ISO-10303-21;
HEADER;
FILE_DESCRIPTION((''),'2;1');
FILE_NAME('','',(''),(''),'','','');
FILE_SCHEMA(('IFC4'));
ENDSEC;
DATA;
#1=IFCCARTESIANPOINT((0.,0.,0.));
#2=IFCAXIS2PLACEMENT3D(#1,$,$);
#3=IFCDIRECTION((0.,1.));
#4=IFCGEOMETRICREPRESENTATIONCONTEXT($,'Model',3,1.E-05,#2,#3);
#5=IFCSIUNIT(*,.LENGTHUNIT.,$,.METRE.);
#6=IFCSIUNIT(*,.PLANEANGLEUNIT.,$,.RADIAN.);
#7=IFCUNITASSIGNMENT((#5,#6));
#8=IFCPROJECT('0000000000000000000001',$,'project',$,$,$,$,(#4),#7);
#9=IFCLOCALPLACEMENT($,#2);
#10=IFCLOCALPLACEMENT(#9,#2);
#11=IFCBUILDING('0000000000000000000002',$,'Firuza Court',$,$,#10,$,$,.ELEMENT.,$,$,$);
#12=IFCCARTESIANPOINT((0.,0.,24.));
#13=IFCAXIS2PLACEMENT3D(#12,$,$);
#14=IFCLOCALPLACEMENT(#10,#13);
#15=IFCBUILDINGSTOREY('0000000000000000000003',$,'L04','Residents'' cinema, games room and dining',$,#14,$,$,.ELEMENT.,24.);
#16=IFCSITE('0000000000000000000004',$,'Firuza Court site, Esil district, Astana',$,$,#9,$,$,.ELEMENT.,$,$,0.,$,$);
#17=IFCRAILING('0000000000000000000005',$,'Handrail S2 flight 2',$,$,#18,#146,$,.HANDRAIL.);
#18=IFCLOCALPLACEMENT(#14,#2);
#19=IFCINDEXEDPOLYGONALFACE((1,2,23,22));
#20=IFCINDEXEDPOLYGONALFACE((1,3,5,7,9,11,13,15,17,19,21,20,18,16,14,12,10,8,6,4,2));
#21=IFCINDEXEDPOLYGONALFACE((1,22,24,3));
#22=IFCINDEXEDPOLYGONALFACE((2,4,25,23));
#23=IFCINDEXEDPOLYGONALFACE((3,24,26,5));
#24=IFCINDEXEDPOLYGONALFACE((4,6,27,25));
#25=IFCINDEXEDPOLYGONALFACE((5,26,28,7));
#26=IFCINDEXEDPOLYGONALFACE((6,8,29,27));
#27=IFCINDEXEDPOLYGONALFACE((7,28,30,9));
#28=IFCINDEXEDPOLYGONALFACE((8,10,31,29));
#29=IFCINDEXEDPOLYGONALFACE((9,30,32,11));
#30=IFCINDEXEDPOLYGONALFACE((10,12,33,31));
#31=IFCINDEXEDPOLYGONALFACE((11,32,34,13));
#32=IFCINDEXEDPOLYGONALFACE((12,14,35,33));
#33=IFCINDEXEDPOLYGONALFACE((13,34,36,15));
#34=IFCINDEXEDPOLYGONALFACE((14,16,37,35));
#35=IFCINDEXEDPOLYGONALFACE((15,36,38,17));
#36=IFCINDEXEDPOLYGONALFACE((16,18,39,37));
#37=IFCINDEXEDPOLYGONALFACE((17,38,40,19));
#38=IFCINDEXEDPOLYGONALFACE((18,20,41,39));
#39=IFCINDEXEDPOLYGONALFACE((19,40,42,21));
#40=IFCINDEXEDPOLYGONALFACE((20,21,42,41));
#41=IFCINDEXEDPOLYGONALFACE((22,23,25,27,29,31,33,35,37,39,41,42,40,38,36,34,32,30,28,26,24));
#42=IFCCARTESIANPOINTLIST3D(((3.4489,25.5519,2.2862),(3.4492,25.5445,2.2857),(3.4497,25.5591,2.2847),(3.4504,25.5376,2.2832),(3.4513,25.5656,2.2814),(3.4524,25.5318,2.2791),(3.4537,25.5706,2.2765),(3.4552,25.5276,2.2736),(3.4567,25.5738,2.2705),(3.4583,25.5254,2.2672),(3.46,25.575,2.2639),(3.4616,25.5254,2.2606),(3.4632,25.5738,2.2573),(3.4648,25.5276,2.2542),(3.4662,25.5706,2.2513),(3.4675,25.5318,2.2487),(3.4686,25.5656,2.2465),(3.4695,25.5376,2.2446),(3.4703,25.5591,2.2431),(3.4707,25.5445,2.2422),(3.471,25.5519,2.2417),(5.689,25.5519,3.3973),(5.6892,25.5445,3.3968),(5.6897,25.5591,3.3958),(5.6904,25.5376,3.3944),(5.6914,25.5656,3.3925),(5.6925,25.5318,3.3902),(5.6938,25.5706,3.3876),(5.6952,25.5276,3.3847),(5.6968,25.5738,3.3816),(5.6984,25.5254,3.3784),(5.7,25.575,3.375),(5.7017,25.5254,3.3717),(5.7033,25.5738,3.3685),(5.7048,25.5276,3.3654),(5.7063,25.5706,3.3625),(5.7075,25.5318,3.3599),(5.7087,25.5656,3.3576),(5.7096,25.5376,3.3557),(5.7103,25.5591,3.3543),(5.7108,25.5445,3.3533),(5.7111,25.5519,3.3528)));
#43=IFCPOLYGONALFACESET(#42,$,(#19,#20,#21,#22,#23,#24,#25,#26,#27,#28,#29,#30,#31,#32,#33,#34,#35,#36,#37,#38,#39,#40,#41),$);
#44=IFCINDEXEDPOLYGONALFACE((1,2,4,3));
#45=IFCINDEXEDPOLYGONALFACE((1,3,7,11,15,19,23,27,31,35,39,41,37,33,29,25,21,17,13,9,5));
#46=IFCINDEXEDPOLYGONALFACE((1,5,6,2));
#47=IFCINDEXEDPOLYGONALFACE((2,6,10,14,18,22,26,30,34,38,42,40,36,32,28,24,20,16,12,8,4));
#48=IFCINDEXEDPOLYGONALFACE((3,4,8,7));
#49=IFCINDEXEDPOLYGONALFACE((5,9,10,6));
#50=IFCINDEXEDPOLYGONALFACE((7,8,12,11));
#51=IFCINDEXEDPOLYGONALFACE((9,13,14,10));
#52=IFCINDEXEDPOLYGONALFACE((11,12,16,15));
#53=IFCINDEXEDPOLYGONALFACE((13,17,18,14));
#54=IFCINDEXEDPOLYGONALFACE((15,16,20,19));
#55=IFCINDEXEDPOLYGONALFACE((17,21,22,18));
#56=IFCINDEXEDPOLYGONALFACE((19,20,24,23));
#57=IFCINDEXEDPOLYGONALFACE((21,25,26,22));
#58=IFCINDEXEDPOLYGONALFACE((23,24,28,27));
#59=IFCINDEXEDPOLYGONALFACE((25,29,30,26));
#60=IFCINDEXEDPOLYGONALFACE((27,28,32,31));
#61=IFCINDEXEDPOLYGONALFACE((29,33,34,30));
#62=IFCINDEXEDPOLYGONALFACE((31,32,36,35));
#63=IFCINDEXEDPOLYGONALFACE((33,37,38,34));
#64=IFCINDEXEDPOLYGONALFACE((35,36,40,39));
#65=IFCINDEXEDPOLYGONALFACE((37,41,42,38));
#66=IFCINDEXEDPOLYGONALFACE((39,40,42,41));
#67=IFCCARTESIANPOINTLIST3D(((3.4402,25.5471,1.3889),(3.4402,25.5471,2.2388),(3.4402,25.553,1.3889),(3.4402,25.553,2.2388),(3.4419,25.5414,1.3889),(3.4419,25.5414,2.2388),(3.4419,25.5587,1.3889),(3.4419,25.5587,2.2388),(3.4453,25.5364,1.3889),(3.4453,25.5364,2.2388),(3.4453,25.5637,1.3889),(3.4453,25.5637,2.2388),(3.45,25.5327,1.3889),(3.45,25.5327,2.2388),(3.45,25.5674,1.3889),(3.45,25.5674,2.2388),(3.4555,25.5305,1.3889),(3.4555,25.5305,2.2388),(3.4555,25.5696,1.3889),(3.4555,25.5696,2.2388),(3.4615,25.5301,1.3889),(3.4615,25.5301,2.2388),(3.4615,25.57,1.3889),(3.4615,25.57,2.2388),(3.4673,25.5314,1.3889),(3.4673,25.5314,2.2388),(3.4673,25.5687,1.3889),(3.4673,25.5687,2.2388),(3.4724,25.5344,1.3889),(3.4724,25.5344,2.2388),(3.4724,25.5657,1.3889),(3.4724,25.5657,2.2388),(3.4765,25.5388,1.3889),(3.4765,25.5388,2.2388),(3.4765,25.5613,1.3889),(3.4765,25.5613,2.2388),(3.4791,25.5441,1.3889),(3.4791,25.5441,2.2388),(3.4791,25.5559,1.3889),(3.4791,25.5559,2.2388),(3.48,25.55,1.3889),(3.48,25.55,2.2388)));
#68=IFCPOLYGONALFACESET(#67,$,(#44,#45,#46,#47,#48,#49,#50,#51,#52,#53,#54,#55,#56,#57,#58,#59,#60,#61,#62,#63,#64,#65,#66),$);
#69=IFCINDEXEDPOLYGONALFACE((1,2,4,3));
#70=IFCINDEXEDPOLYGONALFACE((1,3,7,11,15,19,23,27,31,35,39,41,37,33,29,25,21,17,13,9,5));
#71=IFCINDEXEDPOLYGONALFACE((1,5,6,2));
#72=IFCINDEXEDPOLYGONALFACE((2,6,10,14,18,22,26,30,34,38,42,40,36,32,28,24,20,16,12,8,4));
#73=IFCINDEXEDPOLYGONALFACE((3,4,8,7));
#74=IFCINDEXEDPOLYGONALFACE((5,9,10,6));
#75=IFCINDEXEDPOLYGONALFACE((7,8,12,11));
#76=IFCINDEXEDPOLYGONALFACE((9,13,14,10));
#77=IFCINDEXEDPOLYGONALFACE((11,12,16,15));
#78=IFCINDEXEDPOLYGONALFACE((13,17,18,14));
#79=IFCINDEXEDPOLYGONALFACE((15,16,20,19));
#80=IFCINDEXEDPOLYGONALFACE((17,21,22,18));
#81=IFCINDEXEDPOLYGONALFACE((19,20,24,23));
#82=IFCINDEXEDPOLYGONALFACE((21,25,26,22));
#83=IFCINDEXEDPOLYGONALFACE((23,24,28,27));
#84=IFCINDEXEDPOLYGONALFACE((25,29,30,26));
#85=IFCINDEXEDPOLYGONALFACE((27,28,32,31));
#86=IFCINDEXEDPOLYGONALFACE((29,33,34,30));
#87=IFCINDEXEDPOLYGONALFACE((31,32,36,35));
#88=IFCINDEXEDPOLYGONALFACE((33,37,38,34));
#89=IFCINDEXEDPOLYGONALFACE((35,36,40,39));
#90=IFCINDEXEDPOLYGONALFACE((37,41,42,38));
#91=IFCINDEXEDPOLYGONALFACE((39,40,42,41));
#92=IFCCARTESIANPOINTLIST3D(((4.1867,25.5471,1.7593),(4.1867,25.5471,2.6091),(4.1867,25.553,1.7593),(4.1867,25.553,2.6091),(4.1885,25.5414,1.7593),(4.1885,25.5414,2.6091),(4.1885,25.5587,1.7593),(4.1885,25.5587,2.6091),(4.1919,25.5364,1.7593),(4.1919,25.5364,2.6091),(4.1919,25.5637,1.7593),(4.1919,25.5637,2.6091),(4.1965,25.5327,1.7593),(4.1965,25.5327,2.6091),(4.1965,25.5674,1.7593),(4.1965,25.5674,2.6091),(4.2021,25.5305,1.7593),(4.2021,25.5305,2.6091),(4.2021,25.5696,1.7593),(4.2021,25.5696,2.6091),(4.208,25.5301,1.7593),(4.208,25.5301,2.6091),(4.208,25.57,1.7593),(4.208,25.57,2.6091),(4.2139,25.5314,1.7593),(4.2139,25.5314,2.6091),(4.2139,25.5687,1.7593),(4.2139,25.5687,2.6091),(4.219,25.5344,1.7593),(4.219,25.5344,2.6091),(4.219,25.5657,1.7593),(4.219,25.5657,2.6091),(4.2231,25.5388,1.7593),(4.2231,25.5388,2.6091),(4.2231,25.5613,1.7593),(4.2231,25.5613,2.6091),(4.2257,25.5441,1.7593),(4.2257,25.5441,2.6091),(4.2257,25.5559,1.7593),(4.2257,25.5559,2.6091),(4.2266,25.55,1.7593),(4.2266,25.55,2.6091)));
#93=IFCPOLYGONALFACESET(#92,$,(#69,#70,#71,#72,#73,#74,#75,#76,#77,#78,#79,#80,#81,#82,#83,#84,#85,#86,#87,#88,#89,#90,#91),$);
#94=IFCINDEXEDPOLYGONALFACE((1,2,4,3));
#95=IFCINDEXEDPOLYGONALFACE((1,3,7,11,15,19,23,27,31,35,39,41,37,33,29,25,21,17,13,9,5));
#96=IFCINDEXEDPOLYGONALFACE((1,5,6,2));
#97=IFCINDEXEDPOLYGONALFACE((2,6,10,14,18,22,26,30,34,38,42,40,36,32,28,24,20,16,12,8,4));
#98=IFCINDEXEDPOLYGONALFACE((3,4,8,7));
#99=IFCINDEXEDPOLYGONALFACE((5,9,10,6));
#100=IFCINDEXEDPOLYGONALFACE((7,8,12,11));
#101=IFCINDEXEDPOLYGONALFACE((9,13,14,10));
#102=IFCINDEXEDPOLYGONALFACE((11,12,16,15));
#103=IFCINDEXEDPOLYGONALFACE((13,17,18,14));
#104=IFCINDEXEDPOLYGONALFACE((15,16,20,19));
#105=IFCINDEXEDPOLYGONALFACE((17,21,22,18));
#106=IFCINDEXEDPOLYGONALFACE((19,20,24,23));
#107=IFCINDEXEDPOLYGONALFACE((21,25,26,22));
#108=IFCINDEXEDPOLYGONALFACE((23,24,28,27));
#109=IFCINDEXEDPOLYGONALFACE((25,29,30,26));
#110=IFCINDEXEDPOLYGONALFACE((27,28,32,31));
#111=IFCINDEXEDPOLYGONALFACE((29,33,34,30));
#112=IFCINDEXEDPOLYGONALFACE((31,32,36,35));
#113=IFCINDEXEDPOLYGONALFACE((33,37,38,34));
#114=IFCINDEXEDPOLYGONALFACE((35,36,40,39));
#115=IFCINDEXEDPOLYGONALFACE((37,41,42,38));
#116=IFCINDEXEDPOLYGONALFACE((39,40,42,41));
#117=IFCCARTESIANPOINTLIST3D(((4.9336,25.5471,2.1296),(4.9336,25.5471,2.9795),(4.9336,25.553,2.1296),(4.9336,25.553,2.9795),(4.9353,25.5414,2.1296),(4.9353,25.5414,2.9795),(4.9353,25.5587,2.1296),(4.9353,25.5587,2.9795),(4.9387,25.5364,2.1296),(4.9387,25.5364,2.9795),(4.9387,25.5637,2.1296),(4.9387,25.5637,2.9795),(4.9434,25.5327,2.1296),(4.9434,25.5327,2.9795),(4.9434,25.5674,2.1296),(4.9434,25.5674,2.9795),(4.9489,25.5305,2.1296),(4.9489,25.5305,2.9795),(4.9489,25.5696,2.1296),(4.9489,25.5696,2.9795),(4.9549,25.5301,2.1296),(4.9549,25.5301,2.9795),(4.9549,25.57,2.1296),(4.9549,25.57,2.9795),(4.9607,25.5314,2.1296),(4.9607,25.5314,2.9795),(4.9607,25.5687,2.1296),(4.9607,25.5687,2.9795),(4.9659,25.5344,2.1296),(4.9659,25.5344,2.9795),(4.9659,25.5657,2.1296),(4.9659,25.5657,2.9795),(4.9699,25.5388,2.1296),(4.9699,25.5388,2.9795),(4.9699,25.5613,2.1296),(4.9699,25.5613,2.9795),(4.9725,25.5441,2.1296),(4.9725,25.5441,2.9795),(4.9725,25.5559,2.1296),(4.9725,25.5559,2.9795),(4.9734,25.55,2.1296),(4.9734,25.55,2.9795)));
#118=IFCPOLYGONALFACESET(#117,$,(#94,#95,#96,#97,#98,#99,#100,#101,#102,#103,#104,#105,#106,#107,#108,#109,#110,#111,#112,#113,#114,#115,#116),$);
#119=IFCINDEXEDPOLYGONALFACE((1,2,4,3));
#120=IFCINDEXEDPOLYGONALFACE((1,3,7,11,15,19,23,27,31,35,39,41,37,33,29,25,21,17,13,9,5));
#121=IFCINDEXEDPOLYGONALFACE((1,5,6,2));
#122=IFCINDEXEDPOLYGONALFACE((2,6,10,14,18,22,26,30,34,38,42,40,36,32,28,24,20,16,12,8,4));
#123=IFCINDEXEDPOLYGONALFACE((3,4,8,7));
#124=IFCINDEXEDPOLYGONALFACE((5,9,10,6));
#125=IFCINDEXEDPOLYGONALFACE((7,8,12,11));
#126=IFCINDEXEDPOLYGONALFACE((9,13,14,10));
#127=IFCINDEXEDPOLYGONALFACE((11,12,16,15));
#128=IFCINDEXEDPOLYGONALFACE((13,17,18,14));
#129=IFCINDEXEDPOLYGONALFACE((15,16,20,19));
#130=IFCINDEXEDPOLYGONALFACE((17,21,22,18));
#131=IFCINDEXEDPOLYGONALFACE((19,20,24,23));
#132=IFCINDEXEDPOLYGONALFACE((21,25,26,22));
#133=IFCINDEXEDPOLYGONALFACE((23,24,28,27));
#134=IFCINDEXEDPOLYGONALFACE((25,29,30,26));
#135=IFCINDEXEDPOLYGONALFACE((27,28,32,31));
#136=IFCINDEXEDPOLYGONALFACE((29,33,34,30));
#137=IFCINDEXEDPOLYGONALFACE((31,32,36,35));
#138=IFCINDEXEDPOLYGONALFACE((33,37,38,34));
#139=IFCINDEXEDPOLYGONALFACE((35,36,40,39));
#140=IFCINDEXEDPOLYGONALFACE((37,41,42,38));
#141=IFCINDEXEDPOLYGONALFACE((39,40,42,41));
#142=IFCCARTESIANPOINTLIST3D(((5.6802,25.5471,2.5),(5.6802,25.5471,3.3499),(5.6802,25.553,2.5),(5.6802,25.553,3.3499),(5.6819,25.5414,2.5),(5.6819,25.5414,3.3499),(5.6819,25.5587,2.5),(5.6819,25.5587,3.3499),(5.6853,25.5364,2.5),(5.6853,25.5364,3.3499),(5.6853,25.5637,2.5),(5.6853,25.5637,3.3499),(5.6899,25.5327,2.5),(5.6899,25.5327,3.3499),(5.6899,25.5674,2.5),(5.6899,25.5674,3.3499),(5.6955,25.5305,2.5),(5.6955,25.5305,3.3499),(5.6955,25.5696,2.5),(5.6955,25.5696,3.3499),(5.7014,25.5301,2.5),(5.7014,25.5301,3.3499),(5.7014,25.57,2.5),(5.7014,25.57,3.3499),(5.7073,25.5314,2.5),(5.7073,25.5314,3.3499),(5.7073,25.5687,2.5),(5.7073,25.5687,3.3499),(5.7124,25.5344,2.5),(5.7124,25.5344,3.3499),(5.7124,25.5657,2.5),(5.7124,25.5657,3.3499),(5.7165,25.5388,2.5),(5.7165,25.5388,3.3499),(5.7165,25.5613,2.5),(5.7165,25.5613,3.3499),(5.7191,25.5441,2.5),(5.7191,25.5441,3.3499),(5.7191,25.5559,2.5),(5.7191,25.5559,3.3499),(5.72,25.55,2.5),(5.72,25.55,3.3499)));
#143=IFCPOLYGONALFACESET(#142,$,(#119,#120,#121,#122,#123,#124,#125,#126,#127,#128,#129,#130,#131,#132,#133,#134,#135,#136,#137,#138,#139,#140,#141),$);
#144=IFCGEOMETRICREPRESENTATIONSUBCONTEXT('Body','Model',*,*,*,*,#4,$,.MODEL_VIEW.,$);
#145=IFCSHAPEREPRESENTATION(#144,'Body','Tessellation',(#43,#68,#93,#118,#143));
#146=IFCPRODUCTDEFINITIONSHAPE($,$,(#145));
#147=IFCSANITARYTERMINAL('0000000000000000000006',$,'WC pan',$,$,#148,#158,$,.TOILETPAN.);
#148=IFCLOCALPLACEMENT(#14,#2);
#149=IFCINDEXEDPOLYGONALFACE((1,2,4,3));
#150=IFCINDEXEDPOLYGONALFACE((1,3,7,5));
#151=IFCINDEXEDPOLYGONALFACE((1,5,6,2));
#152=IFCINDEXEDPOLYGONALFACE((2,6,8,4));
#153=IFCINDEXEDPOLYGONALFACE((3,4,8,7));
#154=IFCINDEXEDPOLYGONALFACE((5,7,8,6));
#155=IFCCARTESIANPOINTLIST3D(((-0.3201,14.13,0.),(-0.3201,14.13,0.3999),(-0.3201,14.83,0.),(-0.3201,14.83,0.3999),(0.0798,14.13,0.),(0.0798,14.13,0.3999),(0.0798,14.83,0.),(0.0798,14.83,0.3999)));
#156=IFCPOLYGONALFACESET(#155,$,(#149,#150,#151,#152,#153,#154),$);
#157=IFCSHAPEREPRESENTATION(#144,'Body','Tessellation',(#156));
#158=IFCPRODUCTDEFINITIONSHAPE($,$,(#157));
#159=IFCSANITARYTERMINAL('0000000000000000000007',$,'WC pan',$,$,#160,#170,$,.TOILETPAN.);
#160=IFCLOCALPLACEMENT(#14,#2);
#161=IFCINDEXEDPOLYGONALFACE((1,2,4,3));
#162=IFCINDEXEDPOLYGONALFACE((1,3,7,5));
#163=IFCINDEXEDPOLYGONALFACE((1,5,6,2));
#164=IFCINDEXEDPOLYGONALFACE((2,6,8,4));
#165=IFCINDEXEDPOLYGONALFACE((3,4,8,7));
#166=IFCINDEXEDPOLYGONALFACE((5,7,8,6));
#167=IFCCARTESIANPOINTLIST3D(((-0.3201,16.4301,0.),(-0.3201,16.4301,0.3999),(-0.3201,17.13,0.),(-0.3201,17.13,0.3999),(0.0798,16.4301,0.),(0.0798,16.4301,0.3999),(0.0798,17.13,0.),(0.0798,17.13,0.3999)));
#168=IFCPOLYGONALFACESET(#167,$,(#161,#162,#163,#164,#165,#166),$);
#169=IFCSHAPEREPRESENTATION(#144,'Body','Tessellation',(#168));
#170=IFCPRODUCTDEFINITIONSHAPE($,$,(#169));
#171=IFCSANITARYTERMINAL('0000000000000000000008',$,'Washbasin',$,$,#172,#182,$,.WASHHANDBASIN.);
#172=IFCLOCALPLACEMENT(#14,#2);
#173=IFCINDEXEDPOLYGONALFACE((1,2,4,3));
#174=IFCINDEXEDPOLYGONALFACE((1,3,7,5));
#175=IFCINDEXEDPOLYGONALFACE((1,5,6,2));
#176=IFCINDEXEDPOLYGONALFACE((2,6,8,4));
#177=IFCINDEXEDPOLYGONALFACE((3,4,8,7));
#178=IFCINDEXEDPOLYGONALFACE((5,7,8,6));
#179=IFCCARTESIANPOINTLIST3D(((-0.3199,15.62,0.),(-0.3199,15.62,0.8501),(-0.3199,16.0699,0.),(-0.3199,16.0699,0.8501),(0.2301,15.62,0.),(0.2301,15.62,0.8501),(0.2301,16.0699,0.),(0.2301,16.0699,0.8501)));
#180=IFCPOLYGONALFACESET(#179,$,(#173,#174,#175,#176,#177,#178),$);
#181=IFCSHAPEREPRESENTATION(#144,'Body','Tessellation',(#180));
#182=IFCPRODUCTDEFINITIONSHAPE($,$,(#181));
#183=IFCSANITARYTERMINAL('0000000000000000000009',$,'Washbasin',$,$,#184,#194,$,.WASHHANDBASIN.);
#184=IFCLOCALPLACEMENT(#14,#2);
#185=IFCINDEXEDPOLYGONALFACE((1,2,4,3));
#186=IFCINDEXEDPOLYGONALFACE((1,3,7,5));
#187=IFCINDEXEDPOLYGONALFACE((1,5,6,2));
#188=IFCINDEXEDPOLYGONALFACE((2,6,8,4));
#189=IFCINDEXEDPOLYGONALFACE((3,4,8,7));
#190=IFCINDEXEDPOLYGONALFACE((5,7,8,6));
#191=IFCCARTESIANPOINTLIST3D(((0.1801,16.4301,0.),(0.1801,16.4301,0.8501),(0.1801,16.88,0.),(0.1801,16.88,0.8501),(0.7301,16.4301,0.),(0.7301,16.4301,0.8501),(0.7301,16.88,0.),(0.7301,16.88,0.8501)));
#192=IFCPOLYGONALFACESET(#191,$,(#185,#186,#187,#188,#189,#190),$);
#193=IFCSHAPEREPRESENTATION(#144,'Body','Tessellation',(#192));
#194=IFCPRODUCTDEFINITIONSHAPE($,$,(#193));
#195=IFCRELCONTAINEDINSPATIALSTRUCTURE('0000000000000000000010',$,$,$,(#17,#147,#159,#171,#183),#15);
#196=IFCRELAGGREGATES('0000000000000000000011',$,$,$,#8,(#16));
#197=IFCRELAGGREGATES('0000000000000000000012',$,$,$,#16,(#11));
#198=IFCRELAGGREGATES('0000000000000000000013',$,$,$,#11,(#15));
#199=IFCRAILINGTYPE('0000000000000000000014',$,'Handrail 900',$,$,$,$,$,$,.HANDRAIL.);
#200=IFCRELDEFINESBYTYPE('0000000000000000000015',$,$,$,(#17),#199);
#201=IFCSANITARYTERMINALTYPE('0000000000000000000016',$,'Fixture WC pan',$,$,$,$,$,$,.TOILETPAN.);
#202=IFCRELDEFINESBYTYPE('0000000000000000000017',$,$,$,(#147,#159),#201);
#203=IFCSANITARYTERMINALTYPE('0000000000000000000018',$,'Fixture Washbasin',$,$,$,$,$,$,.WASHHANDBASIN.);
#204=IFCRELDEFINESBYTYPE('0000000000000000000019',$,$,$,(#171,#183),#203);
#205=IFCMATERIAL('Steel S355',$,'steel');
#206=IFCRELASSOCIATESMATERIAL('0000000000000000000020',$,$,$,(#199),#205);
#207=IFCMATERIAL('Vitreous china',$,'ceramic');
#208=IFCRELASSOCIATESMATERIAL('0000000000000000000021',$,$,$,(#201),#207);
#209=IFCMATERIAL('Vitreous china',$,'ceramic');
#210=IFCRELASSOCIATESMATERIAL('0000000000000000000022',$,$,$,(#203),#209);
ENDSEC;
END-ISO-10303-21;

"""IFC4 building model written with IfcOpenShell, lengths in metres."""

from ifc_helpers import new_model, si_unit, direction, frame, origin, origin_2d, place, context, subcontext, project, spatial, rectangle, circle, extrude, material, type_object, element, save


model = new_model("IFC4")

# Units and contexts
model_context = context("Model", 3, precision=1e-05, world=origin(), true_north=direction((0.0, 1.0)))
body_context = subcontext(model_context, "Body", "Model", "MODEL_VIEW")
ifc_project = project(units=[si_unit("LENGTHUNIT", "METRE"), si_unit("PLANEANGLEUNIT", "RADIAN")], contexts=[model_context])

# Site, building, storey
site_placement = place(None, origin())
site = spatial("IfcSite", under=ifc_project, at=site_placement, Name="Firuza Court site, Esil district, Astana", CompositionType="ELEMENT", RefElevation=0.0)
building_placement = place(site_placement, origin())
building = spatial("IfcBuilding", under=site, at=building_placement, Name="Firuza Court", CompositionType="ELEMENT")
storey_placement = place(building_placement, frame((0.0, 0.0, 24.0)))
storey = spatial("IfcBuildingStorey", under=building, at=storey_placement, Name="L04", Description="Residents' cinema, games room and dining", CompositionType="ELEMENT", Elevation=24.0)

# Railing
ifc_material_1 = material(Name="Steel S355", Category="steel")
railing_type = type_object("IfcRailingType", Name="Handrail 900", PredefinedType="HANDRAIL", material=ifc_material_1)
railing_placement = place(storey_placement, frame((3.46, 25.55, 1.3889)))
element("IfcRailing", 1, at=railing_placement, inside=storey, type_object=railing_type, Name="Handrail S2 flight 2", PredefinedType="HANDRAIL", context=body_context, shape_type="SweptSolid", body=[
    extrude(circle(Radius=0.0249, at=origin_2d()), frame((0.0, 0.0, 0.875), z_axis=(0.895848, 0.0, 0.44436), x_axis=(0.0, 1.0, 0.0)), (0.0, 0.0, 1.0), 2.5005),
    extrude(circle(Radius=0.02, at=origin_2d()), origin(), (0.0, 0.0, 1.0), 0.8499),
    extrude(circle(Radius=0.02, at=origin_2d()), frame((0.7466, 0.0, 0.3704)), (0.0, 0.0, 1.0), 0.8499),
    extrude(circle(Radius=0.02, at=origin_2d()), frame((1.4934, 0.0, 0.7407)), (0.0, 0.0, 1.0), 0.8499),
    extrude(circle(Radius=0.02, at=origin_2d()), frame((2.24, 0.0, 1.1111)), (0.0, 0.0, 1.0), 0.8499),
])

# Sanitary terminals
ifc_material_2 = material(Name="Vitreous china", Category="ceramic")
sanitary_terminal_type_1 = type_object("IfcSanitaryTerminalType", Name="Fixture WC pan", PredefinedType="TOILETPAN", material=ifc_material_2)
for number, where, z_axis, x_axis, name in (
    (2, (-0.1201, 14.48, 0.0), (0.0, 0.0, 1.0), (1.0, 0.0, 0.0), "WC pan"),
    (3, (-0.1201, 16.78, 0.0), (0.0, 0.0, 1.0), (1.0, 0.0, 0.0), "WC pan"),
):
    element("IfcSanitaryTerminal", number, at=place(storey_placement, frame(where, z_axis=z_axis, x_axis=x_axis)), inside=storey, type_object=sanitary_terminal_type_1, Name=name, PredefinedType="TOILETPAN", context=body_context, shape_type="SweptSolid", body=[
        extrude(rectangle(XDim=0.3999, YDim=0.7, at=origin_2d()), origin(), (0.0, 0.0, 1.0), 0.3999),
    ])
ifc_material_3 = material(Name="Vitreous china", Category="ceramic")
sanitary_terminal_type_2 = type_object("IfcSanitaryTerminalType", Name="Fixture Washbasin", PredefinedType="WASHHANDBASIN", material=ifc_material_3)
for number, where, z_axis, x_axis, name in (
    (4, (-0.0449, 15.845, 0.0), (0.0, 0.0, 1.0), (1.0, 0.0, 0.0), "Washbasin"),
    (5, (0.4551, 16.655, 0.0), (0.0, 0.0, 1.0), (1.0, 0.0, 0.0), "Washbasin"),
):
    element("IfcSanitaryTerminal", number, at=place(storey_placement, frame(where, z_axis=z_axis, x_axis=x_axis)), inside=storey, type_object=sanitary_terminal_type_2, Name=name, PredefinedType="WASHHANDBASIN", context=body_context, shape_type="SweptSolid", body=[
        extrude(rectangle(XDim=0.55, YDim=0.45, at=origin_2d()), origin(), (0.0, 0.0, 1.0), 0.8501),
    ])

save(model, "model.ifc")
